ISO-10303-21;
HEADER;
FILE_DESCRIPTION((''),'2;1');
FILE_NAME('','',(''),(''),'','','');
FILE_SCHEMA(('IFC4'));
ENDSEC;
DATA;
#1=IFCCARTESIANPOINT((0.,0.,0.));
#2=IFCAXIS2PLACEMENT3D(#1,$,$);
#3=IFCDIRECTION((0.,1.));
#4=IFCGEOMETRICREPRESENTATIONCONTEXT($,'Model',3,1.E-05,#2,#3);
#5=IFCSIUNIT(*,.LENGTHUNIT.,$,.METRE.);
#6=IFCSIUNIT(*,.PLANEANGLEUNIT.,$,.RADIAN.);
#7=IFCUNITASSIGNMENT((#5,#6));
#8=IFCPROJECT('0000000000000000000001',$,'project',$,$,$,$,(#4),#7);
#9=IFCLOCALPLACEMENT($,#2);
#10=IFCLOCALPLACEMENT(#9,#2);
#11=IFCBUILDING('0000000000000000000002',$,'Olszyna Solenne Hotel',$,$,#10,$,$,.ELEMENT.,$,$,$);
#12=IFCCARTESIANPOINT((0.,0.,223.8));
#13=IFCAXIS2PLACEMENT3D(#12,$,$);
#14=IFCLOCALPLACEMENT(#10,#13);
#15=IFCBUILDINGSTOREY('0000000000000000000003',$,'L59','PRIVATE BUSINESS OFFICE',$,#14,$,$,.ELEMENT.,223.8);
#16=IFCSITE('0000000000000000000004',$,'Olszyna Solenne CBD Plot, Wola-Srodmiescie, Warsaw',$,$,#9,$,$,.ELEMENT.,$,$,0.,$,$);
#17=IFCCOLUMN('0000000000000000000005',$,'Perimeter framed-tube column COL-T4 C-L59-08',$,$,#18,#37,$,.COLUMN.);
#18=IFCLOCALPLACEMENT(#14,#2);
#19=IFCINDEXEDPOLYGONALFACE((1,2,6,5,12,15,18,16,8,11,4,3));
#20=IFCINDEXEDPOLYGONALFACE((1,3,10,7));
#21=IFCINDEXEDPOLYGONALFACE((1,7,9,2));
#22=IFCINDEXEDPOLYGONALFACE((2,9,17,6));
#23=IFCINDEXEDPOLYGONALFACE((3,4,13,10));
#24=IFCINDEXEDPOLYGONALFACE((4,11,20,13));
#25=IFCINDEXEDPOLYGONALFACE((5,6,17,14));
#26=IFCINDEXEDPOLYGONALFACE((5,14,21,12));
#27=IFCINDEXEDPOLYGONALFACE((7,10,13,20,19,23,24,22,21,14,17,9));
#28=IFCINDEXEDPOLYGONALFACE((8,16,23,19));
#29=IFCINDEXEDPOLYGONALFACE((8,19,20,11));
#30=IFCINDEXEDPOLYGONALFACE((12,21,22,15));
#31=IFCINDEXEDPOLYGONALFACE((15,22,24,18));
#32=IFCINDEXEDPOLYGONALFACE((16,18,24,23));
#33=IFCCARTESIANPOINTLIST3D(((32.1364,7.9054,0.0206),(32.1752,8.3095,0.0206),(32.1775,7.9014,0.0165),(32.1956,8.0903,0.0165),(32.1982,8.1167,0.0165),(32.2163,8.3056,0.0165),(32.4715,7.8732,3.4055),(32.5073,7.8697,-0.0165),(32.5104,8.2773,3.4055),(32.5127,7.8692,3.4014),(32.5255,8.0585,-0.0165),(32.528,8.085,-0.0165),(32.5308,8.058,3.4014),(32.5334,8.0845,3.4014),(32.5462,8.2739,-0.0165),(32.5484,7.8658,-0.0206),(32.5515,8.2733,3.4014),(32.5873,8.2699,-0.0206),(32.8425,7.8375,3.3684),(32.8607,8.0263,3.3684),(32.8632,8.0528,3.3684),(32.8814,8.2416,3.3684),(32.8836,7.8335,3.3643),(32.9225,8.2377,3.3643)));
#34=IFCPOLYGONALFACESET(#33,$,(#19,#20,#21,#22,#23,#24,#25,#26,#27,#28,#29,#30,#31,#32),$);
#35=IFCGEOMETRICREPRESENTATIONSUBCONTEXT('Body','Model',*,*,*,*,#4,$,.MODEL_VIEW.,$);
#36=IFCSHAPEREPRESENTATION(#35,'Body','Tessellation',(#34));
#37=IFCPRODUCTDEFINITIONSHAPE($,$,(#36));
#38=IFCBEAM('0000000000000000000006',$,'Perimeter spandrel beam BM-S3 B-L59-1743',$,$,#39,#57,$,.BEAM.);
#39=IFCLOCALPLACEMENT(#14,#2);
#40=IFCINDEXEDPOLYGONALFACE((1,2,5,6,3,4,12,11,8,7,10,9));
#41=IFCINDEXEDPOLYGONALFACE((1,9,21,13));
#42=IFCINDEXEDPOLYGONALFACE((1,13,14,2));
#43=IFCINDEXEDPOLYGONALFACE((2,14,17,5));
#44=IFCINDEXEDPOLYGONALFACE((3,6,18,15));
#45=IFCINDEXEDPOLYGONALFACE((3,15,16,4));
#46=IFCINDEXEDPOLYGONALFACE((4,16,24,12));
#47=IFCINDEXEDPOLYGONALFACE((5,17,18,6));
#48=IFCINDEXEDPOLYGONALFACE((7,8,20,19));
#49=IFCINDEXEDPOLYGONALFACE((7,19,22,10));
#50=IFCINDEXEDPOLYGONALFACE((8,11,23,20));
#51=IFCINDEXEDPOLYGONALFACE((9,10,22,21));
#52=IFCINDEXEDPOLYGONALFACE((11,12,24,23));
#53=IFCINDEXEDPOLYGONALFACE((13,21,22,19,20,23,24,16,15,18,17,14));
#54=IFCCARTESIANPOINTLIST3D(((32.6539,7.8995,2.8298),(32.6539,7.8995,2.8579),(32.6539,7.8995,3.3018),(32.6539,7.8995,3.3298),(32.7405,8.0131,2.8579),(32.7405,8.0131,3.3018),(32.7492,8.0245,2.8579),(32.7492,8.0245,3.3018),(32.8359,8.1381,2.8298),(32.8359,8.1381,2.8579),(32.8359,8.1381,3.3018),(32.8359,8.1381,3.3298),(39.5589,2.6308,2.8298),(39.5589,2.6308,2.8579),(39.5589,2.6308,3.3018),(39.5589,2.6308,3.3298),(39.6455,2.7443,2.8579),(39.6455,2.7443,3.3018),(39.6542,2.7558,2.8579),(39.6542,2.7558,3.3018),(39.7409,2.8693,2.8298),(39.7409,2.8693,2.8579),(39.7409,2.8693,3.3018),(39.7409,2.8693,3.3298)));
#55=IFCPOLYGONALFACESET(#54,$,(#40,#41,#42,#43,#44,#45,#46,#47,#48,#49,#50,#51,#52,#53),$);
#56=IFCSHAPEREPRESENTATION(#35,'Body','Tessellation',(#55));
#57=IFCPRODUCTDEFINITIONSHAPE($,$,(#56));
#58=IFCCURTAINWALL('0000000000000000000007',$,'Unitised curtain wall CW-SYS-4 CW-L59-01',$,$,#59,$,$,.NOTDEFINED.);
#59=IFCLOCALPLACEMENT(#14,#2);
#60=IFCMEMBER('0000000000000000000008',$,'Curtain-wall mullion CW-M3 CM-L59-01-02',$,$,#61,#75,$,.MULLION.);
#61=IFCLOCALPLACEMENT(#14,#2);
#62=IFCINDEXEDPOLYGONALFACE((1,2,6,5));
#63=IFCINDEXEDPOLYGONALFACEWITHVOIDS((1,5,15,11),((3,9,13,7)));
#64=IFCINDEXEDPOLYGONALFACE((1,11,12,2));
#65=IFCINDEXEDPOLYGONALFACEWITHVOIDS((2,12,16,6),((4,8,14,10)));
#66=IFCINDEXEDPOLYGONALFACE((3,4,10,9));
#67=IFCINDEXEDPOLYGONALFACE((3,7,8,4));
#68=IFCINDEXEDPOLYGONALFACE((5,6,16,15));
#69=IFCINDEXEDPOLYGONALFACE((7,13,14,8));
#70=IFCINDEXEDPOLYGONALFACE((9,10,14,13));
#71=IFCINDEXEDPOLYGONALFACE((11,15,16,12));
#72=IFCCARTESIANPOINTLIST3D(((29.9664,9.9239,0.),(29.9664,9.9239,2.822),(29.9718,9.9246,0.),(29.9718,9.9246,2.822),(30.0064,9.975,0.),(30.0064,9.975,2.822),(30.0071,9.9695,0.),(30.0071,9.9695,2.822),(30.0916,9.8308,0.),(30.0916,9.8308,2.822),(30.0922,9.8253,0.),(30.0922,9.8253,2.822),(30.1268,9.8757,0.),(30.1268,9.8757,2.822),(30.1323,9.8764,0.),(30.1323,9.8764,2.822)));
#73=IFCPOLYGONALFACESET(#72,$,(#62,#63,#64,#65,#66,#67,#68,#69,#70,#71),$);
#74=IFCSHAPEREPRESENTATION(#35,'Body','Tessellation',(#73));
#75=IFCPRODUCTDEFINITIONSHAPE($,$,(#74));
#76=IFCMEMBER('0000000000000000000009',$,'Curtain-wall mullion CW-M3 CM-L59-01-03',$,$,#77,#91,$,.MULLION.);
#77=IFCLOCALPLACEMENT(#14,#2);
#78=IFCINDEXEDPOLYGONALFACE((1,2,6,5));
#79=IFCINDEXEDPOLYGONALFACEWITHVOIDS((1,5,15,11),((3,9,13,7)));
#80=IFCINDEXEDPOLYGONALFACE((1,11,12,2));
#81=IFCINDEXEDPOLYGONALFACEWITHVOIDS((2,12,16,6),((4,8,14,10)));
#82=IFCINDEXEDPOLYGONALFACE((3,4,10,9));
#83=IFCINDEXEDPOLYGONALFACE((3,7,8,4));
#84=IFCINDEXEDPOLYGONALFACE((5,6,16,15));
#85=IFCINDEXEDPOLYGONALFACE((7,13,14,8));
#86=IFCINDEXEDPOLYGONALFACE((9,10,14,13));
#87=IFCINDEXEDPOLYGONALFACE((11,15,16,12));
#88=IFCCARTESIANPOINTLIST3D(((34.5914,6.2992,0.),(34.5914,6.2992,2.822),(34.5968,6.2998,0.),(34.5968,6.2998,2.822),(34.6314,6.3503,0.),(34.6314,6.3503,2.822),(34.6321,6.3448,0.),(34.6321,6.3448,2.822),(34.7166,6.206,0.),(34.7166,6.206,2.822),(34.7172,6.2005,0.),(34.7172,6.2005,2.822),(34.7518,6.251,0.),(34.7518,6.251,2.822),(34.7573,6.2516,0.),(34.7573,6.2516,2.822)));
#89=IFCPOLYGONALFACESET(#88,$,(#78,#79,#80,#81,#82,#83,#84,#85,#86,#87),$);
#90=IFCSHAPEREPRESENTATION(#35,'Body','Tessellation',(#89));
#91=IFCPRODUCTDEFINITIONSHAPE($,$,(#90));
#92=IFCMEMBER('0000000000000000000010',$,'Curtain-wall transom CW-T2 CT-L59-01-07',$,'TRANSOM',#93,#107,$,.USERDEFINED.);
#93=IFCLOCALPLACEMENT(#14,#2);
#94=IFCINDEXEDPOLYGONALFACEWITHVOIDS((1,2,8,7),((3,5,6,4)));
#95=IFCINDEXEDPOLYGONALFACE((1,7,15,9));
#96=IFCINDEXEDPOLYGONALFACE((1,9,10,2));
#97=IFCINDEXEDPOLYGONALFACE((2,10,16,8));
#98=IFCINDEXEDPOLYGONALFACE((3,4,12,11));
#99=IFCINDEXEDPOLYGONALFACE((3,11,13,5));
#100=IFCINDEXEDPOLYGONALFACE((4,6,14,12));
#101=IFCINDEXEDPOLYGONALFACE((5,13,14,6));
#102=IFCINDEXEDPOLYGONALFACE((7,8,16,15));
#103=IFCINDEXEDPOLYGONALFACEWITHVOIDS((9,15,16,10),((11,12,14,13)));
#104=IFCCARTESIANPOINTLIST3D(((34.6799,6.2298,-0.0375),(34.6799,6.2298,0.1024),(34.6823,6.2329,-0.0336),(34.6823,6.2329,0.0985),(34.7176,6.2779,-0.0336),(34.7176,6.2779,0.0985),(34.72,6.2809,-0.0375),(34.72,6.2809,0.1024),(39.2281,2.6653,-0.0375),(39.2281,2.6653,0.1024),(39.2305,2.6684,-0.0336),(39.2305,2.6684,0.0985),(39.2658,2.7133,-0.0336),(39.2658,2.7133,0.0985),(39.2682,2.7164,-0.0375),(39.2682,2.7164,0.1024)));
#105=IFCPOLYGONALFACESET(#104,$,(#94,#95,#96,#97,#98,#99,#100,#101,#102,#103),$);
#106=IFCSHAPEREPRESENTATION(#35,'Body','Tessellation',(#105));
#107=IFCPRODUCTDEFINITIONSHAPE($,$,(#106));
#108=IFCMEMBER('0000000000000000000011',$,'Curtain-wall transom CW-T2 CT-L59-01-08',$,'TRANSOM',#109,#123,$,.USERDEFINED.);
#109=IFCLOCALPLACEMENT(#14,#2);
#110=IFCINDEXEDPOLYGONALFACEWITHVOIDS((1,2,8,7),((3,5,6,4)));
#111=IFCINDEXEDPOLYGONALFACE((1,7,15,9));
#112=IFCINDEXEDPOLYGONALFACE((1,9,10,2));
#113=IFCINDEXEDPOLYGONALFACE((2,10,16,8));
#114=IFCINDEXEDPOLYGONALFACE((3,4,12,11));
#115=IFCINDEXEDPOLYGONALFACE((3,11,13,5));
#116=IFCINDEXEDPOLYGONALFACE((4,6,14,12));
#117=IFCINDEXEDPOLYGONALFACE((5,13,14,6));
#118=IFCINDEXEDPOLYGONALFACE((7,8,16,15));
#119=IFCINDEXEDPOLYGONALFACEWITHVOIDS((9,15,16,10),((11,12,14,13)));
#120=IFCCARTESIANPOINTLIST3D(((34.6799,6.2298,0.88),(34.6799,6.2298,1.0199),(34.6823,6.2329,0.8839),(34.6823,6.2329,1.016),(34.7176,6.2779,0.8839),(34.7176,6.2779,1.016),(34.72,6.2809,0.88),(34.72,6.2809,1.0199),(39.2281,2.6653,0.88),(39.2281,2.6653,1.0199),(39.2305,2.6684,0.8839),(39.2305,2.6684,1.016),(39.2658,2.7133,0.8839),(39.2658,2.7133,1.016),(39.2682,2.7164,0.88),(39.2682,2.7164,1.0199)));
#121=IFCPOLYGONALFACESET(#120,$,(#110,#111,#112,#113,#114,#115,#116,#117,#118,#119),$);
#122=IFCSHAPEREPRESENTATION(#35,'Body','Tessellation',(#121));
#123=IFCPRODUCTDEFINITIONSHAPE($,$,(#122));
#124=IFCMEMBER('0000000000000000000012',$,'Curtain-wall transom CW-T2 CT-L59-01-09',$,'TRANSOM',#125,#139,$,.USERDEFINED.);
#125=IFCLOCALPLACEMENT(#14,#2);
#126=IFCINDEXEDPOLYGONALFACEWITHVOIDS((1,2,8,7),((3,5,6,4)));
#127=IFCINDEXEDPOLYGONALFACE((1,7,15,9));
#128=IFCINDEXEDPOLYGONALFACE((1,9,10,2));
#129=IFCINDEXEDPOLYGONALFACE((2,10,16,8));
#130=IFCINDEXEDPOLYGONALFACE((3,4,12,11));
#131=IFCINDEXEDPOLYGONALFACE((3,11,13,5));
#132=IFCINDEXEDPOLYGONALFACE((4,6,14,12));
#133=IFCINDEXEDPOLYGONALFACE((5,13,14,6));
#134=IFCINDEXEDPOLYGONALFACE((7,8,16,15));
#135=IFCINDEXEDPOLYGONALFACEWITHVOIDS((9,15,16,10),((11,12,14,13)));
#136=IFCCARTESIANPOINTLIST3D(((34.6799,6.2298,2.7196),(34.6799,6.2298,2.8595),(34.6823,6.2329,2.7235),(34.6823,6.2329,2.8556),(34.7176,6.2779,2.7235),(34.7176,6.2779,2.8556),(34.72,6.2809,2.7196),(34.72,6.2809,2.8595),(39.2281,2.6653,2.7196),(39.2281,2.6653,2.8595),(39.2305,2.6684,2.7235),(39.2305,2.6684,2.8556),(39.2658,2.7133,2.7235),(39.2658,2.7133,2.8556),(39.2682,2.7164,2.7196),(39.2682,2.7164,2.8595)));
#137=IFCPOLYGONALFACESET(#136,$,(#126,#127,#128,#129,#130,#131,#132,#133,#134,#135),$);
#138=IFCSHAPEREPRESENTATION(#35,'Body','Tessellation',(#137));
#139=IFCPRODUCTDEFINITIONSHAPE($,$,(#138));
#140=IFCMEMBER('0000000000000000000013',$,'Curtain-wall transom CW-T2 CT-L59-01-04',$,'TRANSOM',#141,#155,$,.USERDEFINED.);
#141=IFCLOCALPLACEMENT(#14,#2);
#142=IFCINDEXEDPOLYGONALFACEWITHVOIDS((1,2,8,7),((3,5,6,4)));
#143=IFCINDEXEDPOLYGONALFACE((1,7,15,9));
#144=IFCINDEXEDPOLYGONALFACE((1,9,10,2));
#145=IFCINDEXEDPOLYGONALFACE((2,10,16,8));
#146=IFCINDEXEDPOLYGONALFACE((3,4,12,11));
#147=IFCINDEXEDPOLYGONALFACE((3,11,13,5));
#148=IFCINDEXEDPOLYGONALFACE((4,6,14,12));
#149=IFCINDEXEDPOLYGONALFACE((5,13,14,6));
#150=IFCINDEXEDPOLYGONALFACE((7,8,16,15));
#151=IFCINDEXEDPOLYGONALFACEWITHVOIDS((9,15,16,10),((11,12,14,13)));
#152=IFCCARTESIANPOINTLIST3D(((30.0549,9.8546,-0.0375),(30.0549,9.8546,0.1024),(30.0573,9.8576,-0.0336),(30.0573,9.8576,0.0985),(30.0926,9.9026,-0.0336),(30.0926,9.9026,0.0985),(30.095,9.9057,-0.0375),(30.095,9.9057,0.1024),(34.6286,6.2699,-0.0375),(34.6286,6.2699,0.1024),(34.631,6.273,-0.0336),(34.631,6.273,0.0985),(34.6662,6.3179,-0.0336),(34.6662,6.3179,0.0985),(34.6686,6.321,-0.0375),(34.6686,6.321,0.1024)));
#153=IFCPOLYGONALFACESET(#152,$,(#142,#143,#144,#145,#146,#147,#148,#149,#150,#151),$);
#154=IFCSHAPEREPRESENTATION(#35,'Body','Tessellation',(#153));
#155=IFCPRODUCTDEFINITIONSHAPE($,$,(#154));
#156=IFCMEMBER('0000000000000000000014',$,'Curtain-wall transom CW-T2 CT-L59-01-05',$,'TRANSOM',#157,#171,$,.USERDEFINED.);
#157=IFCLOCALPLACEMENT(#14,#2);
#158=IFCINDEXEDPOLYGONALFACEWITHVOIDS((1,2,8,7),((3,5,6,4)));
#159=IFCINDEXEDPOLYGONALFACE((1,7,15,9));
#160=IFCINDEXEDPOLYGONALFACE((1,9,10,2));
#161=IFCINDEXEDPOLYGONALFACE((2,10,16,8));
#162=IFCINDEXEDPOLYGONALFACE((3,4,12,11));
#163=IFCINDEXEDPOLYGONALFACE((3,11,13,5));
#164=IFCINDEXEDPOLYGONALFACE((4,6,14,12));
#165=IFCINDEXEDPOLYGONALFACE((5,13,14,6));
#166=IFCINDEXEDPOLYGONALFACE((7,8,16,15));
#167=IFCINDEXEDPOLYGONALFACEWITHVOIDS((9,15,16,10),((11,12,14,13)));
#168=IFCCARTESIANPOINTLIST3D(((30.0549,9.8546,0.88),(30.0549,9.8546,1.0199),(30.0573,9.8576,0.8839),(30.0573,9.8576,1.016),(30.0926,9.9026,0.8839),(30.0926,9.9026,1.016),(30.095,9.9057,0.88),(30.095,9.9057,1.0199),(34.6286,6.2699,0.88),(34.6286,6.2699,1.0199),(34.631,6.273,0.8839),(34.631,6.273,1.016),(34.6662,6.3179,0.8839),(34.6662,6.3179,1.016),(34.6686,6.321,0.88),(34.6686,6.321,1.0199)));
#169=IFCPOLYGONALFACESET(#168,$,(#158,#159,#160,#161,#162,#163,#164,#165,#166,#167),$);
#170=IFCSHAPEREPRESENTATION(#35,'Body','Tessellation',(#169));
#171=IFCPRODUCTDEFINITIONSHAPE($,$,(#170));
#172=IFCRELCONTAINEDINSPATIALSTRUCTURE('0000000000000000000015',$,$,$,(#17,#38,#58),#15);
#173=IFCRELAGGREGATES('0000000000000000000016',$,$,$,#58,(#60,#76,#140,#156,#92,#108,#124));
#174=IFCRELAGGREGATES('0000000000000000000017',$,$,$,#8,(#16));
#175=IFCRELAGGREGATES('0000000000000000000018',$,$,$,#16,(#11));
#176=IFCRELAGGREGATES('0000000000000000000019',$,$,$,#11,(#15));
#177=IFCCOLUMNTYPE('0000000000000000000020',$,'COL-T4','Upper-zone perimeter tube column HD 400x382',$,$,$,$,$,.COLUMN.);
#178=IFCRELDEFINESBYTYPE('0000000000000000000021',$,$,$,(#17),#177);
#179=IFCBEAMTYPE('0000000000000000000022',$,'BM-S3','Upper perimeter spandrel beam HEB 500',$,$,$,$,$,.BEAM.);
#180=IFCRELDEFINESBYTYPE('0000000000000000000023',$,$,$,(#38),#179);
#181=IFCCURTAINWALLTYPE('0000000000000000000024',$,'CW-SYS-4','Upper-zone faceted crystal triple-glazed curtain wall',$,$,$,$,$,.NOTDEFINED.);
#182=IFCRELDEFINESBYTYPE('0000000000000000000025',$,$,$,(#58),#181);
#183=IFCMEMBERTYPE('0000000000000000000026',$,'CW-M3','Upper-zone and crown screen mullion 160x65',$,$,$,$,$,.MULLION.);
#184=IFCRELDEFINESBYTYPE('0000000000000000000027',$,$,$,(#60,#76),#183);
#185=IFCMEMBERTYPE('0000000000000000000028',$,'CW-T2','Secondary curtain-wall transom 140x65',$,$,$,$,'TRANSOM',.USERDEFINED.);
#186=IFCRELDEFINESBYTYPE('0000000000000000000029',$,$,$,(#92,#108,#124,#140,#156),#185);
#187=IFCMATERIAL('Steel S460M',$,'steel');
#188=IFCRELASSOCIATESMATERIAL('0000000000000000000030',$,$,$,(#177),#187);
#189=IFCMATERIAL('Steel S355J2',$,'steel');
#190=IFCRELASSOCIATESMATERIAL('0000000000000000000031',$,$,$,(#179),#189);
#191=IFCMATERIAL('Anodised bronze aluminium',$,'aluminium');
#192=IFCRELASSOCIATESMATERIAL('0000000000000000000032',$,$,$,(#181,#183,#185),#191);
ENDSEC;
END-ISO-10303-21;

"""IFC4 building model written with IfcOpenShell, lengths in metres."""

from ifc_helpers import new_model, si_unit, direction, frame, origin, origin_2d, place, context, subcontext, project, spatial, hollow_rectangle, i_section, extrude, source, transform, mapped, material, material_profile, profile_set, type_object, element, aggregate, save


model = new_model("IFC4")

# Units and contexts
model_context = context("Model", 3, precision=1e-05, world=origin(), true_north=direction((0.0, 1.0)))
body_context = subcontext(model_context, "Body", "Model", "MODEL_VIEW")
ifc_project = project(units=[si_unit("LENGTHUNIT", "METRE"), si_unit("PLANEANGLEUNIT", "RADIAN")], contexts=[model_context])

# Site, building, storey
site_placement = place(None, origin())
site = spatial("IfcSite", under=ifc_project, at=site_placement, Name="Olszyna Solenne CBD Plot, Wola-Srodmiescie, Warsaw", CompositionType="ELEMENT", RefElevation=0.0)
building_placement = place(site_placement, origin())
building = spatial("IfcBuilding", under=site, at=building_placement, Name="Olszyna Solenne Hotel", CompositionType="ELEMENT")
storey_placement = place(building_placement, frame((0.0, 0.0, 223.8)))
storey = spatial("IfcBuildingStorey", under=building, at=storey_placement, Name="L59", Description="PRIVATE BUSINESS OFFICE", CompositionType="ELEMENT", Elevation=223.8)

# Column
ifc_material_1 = material(Name="Steel S460M", Category="steel")
ifc_material_profile_1 = material_profile(ifc_material_1, i_section(OverallWidth=0.406, OverallDepth=0.416, WebThickness=0.0266, FlangeThickness=0.0415, at=origin_2d()), Name="HD 400x382", Category="load-bearing")
ifc_profile_set_1 = profile_set([ifc_material_profile_1], Name="Steel S460M")
column_type = type_object("IfcColumnType", Name="COL-T4", Description="Upper-zone perimeter tube column HD 400x382", PredefinedType="COLUMN", material=ifc_profile_set_1)
shared_shape_1 = source(origin(), body_context, "Body", "SweptSolid", [
    extrude(i_section(OverallWidth=0.406, OverallDepth=0.416, WebThickness=0.0266, FlangeThickness=0.0415, at=origin_2d()), origin(), (0.0, 0.0, 1.0), 3.4016),
])
column_placement = place(storey_placement, frame((32.3618, 8.0876, 0.0), z_axis=(0.09854, -0.009474, 0.995088), x_axis=(0.095699, 0.99541, 0.0)))
element("IfcColumn", 1, at=column_placement, inside=storey, type_object=column_type, Name="Perimeter framed-tube column COL-T4 C-L59-08", PredefinedType="COLUMN", context=body_context, shape_type="MappedRepresentation", body=[
    mapped(shared_shape_1, transform((0.0, 0.0, 0.0), x_axis=(1.0, 0.0, 0.0), y_axis=(0.0, 1.0, 0.0), z_axis=(0.0, 0.0, 1.0), scale=1.0)),
])

# Beam
ifc_material_2 = material(Name="Steel S355J2", Category="steel")
ifc_material_profile_2 = material_profile(ifc_material_2, i_section(OverallWidth=0.3, OverallDepth=0.5, WebThickness=0.0144, FlangeThickness=0.0281, at=origin_2d()), Name="HEB 500", Category="load-bearing")
ifc_profile_set_2 = profile_set([ifc_material_profile_2], Name="Steel S355J2")
beam_type_1 = type_object("IfcBeamType", Name="BM-S3", Description="Upper perimeter spandrel beam HEB 500", PredefinedType="BEAM", material=ifc_profile_set_2)
shared_shape_2 = source(origin(), body_context, "Body", "SweptSolid", [
    extrude(i_section(OverallWidth=0.3, OverallDepth=0.5, WebThickness=0.0144, FlangeThickness=0.0281, at=origin_2d()), origin(), (0.0, 0.0, 1.0), 8.6855),
])
beam_1_placement = place(storey_placement, frame((32.7449, 8.0188, 3.0798), z_axis=(0.794997, -0.606613, 0.0), x_axis=(0.606613, 0.794997, 0.0)))
element("IfcBeam", 2, at=beam_1_placement, inside=storey, type_object=beam_type_1, Name="Perimeter spandrel beam BM-S3 B-L59-1743", PredefinedType="BEAM", context=body_context, shape_type="MappedRepresentation", body=[
    mapped(shared_shape_2, transform((0.0, 0.0, 0.0), x_axis=(1.0, 0.0, 0.0), y_axis=(0.0, 1.0, 0.0), z_axis=(0.0, 0.0, 1.0), scale=1.0)),
])

# Curtain wall, members
ifc_material_3 = material(Name="Anodised bronze aluminium", Category="aluminium")
curtain_wall_type = type_object("IfcCurtainWallType", Name="CW-SYS-4", Description="Upper-zone faceted crystal triple-glazed curtain wall", PredefinedType="NOTDEFINED", material=ifc_material_3)
curtain_wall_placement = place(storey_placement, origin())
curtain_wall = element("IfcCurtainWall", 3, at=curtain_wall_placement, inside=storey, type_object=curtain_wall_type, Name="Unitised curtain wall CW-SYS-4 CW-L59-01", PredefinedType="NOTDEFINED")
ifc_material_profile_3 = material_profile(ifc_material_3, hollow_rectangle(XDim=0.0649, YDim=0.1599, WallThickness=0.0039, at=origin_2d()), Name="MULL 160x65x4", Category="load-bearing")
ifc_profile_set_3 = profile_set([ifc_material_profile_3], Name="Anodised bronze aluminium")
member_type_1 = type_object("IfcMemberType", Name="CW-M3", Description="Upper-zone and crown screen mullion 160x65", PredefinedType="MULLION", material=ifc_profile_set_3)
shared_shape_3 = source(origin(), body_context, "Body", "SweptSolid", [
    extrude(hollow_rectangle(XDim=0.0649, YDim=0.1599, WallThickness=0.0039, at=origin_2d()), origin(), (0.0, 0.0, 1.0), 2.822),
])
member_1_placement = place(storey_placement, frame((30.0493, 9.9001, 0.0), z_axis=(0.0, 0.0, 1.0), x_axis=(0.616851, 0.78708, 0.0)))
member_1 = element("IfcMember", 4, at=member_1_placement, type_object=member_type_1, Name="Curtain-wall mullion CW-M3 CM-L59-01-02", PredefinedType="MULLION", context=body_context, shape_type="MappedRepresentation", body=[
    mapped(shared_shape_3, transform((0.0, 0.0, 0.0), x_axis=(1.0, 0.0, 0.0), y_axis=(0.0, 1.0, 0.0), z_axis=(0.0, 0.0, 1.0), scale=1.0)),
])
member_2_placement = place(storey_placement, frame((34.6743, 6.2754, 0.0), z_axis=(0.0, 0.0, 1.0), x_axis=(0.616851, 0.78708, 0.0)))
member_2 = element("IfcMember", 5, at=member_2_placement, type_object=member_type_1, Name="Curtain-wall mullion CW-M3 CM-L59-01-03", PredefinedType="MULLION", context=body_context, shape_type="MappedRepresentation", body=[
    mapped(shared_shape_3, transform((0.0, 0.0, 0.0), x_axis=(1.0, 0.0, 0.0), y_axis=(0.0, 1.0, 0.0), z_axis=(0.0, 0.0, 1.0), scale=1.0)),
])
ifc_material_profile_4 = material_profile(ifc_material_3, hollow_rectangle(XDim=0.0649, YDim=0.1399, WallThickness=0.0039, at=origin_2d()), Name="TRAN 140x65x4", Category="load-bearing")
ifc_profile_set_4 = profile_set([ifc_material_profile_4], Name="Anodised bronze aluminium")
member_type_2 = type_object("IfcMemberType", Name="CW-T2", Description="Secondary curtain-wall transom 140x65", ElementType="TRANSOM", PredefinedType="USERDEFINED", material=ifc_profile_set_4)
shared_shape_4 = source(origin(), body_context, "Body", "SweptSolid", [
    extrude(hollow_rectangle(XDim=0.0649, YDim=0.1399, WallThickness=0.0039, at=origin_2d()), origin(), (0.0, 0.0, 1.0), 5.7786),
])
member_3_placement = place(storey_placement, frame((34.7, 6.2554, 0.0325), z_axis=(0.787079, -0.616853, 0.0), x_axis=(0.616853, 0.787079, 0.0)))
member_3 = element("IfcMember", 6, at=member_3_placement, type_object=member_type_2, Name="Curtain-wall transom CW-T2 CT-L59-01-07", ObjectType="TRANSOM", PredefinedType="USERDEFINED", context=body_context, shape_type="MappedRepresentation", body=[
    mapped(shared_shape_4, transform((0.0, 0.0, 0.0), x_axis=(1.0, 0.0, 0.0), y_axis=(0.0, 1.0, 0.0), z_axis=(0.0, 0.0, 1.0), scale=1.0)),
])
member_4_placement = place(storey_placement, frame((34.7, 6.2554, 0.95), z_axis=(0.787079, -0.616853, 0.0), x_axis=(0.616853, 0.787079, 0.0)))
member_4 = element("IfcMember", 7, at=member_4_placement, type_object=member_type_2, Name="Curtain-wall transom CW-T2 CT-L59-01-08", ObjectType="TRANSOM", PredefinedType="USERDEFINED", context=body_context, shape_type="MappedRepresentation", body=[
    mapped(shared_shape_4, transform((0.0, 0.0, 0.0), x_axis=(1.0, 0.0, 0.0), y_axis=(0.0, 1.0, 0.0), z_axis=(0.0, 0.0, 1.0), scale=1.0)),
])
member_5_placement = place(storey_placement, frame((34.7, 6.2554, 2.7896), z_axis=(0.787079, -0.616853, 0.0), x_axis=(0.616853, 0.787079, 0.0)))
member_5 = element("IfcMember", 8, at=member_5_placement, type_object=member_type_2, Name="Curtain-wall transom CW-T2 CT-L59-01-09", ObjectType="TRANSOM", PredefinedType="USERDEFINED", context=body_context, shape_type="MappedRepresentation", body=[
    mapped(shared_shape_4, transform((0.0, 0.0, 0.0), x_axis=(1.0, 0.0, 0.0), y_axis=(0.0, 1.0, 0.0), z_axis=(0.0, 0.0, 1.0), scale=1.0)),
])
shared_shape_5 = source(origin(), body_context, "Body", "SweptSolid", [
    extrude(hollow_rectangle(XDim=0.0649, YDim=0.1399, WallThickness=0.0039, at=origin_2d()), origin(), (0.0, 0.0, 1.0), 5.811),
])
member_6_placement = place(storey_placement, frame((30.075, 9.8801, 0.0325), z_axis=(0.787064, -0.616871, 0.0), x_axis=(0.616871, 0.787064, 0.0)))
member_6 = element("IfcMember", 9, at=member_6_placement, type_object=member_type_2, Name="Curtain-wall transom CW-T2 CT-L59-01-04", ObjectType="TRANSOM", PredefinedType="USERDEFINED", context=body_context, shape_type="MappedRepresentation", body=[
    mapped(shared_shape_5, transform((0.0, 0.0, 0.0), x_axis=(1.0, 0.0, 0.0), y_axis=(0.0, 1.0, 0.0), z_axis=(0.0, 0.0, 1.0), scale=1.0)),
])
member_7_placement = place(storey_placement, frame((30.075, 9.8801, 0.95), z_axis=(0.787064, -0.616871, 0.0), x_axis=(0.616871, 0.787064, 0.0)))
member_7 = element("IfcMember", 10, at=member_7_placement, type_object=member_type_2, Name="Curtain-wall transom CW-T2 CT-L59-01-05", ObjectType="TRANSOM", PredefinedType="USERDEFINED", context=body_context, shape_type="MappedRepresentation", body=[
    mapped(shared_shape_5, transform((0.0, 0.0, 0.0), x_axis=(1.0, 0.0, 0.0), y_axis=(0.0, 1.0, 0.0), z_axis=(0.0, 0.0, 1.0), scale=1.0)),
])

aggregate(curtain_wall, [member_1, member_2, member_6, member_7, member_3, member_4, member_5])

save(model, "model.ifc")
